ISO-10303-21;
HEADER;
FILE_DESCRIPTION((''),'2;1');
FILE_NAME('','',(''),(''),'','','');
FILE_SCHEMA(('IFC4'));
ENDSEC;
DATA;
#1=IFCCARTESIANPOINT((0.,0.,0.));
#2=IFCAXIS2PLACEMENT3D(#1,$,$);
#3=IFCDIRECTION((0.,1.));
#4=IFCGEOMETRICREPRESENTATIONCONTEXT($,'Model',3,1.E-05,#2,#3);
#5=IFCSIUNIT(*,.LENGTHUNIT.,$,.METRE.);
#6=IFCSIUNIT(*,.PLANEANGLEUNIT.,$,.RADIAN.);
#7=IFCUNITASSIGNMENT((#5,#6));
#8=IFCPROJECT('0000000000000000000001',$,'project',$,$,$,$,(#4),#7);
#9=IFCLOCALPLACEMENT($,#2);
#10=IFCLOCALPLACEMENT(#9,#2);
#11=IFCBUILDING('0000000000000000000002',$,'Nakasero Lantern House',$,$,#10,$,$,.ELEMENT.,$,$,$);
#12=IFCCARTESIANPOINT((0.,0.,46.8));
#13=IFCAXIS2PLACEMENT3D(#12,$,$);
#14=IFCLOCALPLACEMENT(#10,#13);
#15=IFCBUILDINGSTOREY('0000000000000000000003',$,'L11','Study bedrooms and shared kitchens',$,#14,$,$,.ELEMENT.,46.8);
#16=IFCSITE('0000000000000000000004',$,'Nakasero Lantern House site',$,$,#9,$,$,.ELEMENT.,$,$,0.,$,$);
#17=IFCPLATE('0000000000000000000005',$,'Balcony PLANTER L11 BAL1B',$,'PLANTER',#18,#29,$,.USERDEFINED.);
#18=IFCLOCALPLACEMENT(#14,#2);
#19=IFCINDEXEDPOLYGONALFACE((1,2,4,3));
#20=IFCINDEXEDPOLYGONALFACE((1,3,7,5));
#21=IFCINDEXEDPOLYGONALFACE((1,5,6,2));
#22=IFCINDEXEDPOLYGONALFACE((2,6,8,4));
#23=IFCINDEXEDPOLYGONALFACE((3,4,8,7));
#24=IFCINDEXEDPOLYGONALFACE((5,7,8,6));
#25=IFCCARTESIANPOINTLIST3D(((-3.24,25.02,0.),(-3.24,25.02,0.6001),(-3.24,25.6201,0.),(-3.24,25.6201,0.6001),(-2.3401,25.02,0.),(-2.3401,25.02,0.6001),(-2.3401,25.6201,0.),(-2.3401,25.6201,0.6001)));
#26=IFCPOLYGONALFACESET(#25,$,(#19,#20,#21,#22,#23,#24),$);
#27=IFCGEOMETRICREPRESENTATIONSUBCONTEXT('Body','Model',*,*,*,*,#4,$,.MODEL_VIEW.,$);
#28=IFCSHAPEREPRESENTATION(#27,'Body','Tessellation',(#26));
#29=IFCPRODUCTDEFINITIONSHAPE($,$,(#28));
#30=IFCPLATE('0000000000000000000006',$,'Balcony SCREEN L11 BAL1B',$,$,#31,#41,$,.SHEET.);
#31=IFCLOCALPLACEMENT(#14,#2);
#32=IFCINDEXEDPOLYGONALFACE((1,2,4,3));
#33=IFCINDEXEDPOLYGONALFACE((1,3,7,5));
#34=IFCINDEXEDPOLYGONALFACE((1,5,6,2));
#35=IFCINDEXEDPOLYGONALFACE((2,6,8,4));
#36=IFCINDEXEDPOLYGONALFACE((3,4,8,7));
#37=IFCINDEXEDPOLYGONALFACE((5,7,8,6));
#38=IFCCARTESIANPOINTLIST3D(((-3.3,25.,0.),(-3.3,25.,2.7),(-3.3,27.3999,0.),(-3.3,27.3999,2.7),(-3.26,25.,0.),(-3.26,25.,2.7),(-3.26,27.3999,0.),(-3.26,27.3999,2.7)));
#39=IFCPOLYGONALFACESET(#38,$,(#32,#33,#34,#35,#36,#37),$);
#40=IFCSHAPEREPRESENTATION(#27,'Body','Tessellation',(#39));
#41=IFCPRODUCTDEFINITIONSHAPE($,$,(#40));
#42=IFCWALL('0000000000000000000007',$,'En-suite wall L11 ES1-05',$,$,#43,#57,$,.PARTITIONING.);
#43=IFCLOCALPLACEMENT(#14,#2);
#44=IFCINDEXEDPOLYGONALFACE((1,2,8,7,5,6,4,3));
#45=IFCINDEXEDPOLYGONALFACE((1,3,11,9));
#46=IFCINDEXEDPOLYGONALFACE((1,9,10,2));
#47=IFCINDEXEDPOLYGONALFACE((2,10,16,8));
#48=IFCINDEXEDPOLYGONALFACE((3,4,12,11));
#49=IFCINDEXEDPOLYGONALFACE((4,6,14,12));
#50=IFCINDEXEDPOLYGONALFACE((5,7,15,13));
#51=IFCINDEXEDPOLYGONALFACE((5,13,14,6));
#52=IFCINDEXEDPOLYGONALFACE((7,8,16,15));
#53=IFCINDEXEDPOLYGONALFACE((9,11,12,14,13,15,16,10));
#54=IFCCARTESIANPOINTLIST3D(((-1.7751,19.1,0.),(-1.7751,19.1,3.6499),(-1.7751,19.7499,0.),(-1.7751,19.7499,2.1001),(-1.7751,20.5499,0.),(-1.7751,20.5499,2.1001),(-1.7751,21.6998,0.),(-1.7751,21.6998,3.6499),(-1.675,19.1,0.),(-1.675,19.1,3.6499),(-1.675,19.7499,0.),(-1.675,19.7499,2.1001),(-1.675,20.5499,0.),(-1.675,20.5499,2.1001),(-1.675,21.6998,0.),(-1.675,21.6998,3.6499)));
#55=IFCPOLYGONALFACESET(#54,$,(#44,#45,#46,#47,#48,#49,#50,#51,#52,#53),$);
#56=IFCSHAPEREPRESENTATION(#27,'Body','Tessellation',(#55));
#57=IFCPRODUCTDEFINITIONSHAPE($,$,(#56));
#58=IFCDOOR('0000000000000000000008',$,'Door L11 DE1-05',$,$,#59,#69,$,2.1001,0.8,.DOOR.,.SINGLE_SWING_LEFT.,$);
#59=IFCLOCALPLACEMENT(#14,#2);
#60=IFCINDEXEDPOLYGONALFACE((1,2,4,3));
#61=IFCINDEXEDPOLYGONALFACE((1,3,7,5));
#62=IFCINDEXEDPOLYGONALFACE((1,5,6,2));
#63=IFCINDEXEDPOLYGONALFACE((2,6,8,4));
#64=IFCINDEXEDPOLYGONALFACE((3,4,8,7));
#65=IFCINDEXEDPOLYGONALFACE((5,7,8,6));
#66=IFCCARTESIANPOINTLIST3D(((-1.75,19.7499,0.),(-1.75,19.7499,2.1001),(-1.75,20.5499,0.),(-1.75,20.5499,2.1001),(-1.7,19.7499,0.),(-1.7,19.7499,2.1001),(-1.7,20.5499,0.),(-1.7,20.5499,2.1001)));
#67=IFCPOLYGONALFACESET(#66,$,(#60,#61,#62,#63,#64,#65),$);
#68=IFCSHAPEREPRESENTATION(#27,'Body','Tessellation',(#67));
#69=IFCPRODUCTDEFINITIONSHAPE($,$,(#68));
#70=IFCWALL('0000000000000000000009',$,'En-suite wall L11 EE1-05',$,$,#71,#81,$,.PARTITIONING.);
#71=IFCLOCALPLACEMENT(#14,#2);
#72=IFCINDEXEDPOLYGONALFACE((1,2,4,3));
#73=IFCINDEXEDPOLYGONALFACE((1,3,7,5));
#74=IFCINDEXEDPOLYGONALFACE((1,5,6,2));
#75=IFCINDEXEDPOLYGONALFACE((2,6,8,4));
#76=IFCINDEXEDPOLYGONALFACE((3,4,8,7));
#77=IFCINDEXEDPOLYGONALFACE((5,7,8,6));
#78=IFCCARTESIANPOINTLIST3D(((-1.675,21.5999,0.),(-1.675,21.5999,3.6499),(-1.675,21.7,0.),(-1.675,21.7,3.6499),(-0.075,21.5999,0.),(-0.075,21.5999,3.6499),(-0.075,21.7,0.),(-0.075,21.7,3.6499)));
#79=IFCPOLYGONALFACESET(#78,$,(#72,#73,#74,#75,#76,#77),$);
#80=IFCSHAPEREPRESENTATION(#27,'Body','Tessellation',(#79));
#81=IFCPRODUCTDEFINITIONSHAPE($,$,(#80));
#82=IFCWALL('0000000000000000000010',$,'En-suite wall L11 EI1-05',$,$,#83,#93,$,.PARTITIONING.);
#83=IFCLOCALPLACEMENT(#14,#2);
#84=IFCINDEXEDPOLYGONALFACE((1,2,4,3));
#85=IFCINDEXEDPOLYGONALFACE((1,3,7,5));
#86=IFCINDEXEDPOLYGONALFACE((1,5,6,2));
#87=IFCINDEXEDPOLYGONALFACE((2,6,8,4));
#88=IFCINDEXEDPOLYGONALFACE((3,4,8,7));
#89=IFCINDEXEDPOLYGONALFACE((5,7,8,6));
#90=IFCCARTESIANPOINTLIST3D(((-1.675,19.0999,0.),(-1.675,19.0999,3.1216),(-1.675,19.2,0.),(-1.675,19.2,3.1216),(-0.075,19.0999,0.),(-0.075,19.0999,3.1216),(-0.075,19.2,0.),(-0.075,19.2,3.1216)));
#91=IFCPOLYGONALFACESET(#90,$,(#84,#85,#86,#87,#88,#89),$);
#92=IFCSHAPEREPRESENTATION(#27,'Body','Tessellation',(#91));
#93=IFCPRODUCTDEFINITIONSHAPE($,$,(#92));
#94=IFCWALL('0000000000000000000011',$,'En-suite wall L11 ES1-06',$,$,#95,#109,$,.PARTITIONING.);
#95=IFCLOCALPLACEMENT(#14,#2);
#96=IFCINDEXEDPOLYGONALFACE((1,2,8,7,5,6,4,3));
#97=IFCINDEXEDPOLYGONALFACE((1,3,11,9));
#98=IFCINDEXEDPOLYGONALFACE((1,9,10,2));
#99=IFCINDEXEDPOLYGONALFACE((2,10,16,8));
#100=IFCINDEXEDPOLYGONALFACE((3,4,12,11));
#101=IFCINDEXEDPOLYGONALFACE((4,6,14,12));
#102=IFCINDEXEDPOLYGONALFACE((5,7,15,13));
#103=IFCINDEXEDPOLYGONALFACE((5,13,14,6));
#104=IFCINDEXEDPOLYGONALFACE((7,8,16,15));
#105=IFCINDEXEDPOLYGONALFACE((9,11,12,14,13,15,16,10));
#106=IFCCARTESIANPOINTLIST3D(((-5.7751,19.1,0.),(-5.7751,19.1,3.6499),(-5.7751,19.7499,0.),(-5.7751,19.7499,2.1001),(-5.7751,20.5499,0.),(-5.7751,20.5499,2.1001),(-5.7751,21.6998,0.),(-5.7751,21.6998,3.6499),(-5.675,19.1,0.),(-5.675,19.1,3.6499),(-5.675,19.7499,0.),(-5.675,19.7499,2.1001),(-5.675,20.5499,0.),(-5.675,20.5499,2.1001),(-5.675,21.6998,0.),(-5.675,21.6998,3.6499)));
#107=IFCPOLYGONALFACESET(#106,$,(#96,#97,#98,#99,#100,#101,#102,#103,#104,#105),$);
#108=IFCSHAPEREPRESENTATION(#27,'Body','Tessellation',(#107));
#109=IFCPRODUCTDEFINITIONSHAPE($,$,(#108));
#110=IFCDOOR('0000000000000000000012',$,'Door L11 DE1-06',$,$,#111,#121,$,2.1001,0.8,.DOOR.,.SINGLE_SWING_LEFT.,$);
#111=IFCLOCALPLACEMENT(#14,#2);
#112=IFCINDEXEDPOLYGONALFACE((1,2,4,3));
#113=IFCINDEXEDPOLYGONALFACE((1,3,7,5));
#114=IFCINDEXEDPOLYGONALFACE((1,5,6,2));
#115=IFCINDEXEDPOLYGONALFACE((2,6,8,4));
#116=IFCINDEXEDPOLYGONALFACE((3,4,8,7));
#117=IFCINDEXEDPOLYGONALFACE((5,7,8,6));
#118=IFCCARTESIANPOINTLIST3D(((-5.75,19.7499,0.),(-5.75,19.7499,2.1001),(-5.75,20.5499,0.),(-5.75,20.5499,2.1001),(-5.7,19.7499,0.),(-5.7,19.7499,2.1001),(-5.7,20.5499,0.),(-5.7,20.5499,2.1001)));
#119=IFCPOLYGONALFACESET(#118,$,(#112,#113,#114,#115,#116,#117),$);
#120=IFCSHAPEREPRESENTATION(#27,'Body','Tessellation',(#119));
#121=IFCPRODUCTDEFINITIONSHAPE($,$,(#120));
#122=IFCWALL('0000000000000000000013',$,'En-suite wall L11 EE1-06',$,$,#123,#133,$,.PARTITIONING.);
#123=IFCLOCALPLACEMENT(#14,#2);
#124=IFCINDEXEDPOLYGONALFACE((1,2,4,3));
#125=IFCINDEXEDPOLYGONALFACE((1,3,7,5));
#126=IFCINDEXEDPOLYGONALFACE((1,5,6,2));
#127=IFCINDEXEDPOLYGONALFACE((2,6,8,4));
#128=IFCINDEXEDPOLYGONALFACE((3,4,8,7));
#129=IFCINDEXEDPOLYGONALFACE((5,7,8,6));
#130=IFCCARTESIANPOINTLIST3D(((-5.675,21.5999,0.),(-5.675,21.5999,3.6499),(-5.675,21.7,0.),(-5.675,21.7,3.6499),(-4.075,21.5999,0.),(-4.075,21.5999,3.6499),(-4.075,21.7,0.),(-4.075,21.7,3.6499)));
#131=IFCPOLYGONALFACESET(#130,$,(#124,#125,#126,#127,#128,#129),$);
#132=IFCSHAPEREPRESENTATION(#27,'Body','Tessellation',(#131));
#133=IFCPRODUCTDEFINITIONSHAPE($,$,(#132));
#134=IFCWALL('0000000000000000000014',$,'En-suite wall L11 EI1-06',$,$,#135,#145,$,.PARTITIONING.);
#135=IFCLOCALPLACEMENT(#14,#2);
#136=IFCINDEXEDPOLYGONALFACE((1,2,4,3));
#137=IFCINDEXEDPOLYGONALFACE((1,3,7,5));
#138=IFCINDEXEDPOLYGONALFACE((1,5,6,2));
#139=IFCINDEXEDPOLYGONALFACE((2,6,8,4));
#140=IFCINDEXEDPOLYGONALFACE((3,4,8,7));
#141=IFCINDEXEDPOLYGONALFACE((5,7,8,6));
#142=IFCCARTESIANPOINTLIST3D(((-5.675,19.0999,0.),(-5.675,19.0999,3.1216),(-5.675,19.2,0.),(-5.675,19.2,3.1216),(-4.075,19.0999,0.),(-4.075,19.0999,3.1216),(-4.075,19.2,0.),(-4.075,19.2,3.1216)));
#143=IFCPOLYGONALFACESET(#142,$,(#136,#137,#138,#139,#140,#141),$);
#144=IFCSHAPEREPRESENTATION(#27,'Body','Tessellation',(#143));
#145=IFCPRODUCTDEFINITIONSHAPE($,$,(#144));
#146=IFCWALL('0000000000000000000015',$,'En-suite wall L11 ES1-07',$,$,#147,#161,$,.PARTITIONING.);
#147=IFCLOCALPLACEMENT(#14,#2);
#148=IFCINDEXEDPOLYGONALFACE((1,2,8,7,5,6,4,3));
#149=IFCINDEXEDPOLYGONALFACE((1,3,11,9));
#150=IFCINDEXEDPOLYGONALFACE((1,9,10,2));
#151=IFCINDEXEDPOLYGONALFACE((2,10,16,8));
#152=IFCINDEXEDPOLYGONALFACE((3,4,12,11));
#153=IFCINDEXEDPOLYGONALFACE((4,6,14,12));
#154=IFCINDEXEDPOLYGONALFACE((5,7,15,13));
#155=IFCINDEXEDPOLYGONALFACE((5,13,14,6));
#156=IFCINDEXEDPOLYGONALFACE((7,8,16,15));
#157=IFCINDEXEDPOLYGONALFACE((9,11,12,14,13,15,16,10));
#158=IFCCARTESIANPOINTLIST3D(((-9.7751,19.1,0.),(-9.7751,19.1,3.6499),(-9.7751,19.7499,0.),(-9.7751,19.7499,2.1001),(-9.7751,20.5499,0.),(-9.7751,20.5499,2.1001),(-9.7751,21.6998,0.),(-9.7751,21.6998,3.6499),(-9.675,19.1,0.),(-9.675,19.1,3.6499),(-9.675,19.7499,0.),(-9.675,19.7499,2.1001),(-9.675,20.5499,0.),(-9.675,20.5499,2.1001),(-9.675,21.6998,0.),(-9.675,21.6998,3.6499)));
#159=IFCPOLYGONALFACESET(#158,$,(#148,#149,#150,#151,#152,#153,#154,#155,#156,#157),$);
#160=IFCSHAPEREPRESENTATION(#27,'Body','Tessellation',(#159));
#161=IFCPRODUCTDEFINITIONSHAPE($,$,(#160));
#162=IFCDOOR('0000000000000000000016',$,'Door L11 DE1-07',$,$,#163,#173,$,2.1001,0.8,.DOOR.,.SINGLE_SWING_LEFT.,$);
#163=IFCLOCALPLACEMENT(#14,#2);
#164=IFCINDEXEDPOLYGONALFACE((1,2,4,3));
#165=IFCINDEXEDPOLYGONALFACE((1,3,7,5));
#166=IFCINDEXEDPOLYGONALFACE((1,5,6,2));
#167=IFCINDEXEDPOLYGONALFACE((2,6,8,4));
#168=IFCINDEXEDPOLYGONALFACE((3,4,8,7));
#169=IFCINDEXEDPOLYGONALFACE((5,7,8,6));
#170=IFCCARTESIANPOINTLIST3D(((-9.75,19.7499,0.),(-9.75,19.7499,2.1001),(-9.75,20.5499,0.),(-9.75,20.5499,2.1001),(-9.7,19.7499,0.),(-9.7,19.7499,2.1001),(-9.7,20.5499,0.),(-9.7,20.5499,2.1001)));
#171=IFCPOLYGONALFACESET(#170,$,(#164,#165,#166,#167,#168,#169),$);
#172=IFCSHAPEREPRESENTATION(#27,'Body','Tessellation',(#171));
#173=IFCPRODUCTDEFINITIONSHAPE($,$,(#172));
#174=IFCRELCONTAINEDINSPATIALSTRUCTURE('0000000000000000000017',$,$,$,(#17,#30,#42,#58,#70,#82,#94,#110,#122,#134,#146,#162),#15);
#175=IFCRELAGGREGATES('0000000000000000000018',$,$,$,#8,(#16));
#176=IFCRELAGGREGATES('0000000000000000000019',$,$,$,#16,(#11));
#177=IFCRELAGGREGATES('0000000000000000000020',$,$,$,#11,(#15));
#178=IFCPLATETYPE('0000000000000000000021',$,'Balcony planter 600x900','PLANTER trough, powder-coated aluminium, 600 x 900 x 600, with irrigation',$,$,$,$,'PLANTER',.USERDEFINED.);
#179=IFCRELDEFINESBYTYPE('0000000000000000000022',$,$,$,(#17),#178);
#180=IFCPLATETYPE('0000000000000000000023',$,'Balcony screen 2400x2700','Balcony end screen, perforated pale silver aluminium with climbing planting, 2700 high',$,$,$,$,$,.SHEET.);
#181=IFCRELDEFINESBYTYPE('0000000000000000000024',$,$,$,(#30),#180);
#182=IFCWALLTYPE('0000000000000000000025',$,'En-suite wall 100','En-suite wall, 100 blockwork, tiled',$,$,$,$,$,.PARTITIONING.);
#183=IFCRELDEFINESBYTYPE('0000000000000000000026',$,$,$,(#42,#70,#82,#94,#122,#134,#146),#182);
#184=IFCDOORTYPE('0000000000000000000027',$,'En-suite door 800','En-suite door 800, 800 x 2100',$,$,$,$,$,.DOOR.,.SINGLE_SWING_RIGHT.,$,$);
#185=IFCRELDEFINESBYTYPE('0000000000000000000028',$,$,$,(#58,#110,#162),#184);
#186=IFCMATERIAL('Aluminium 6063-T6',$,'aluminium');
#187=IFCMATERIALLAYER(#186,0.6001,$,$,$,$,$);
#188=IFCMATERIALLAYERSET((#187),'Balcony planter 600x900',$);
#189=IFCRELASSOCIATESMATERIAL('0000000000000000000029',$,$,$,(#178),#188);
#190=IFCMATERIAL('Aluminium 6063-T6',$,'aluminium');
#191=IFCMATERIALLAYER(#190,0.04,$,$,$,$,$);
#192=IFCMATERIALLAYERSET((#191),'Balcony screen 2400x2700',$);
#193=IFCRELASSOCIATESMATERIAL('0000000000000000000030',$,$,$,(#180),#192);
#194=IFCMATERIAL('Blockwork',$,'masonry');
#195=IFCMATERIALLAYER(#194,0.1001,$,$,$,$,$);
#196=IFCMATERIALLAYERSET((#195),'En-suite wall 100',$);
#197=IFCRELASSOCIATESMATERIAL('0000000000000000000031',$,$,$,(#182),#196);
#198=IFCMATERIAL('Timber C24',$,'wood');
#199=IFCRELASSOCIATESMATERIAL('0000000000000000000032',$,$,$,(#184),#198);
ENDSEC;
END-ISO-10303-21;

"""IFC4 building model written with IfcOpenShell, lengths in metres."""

from ifc_helpers import new_model, si_unit, direction, frame, frame_2d, origin, origin_2d, place, context, subcontext, project, spatial, rectangle, extrude, material, layer, layer_set, type_object, element, fill, save


model = new_model("IFC4")

# Units and contexts
model_context = context("Model", 3, precision=1e-05, world=origin(), true_north=direction((0.0, 1.0)))
body_context = subcontext(model_context, "Body", "Model", "MODEL_VIEW")
ifc_project = project(units=[si_unit("LENGTHUNIT", "METRE"), si_unit("PLANEANGLEUNIT", "RADIAN")], contexts=[model_context])

# Site, building, storey
site_placement = place(None, origin())
site = spatial("IfcSite", under=ifc_project, at=site_placement, Name="Nakasero Lantern House site", CompositionType="ELEMENT", RefElevation=0.0)
building_placement = place(site_placement, origin())
building = spatial("IfcBuilding", under=site, at=building_placement, Name="Nakasero Lantern House", CompositionType="ELEMENT")
storey_placement = place(building_placement, frame((0.0, 0.0, 46.8)))
storey = spatial("IfcBuildingStorey", under=building, at=storey_placement, Name="L11", Description="Study bedrooms and shared kitchens", CompositionType="ELEMENT", Elevation=46.8)

# Plates
ifc_material_1 = material(Name="Aluminium 6063-T6", Category="aluminium")
ifc_layer_1 = layer(ifc_material_1, 0.6001)
ifc_layer_set_1 = layer_set([ifc_layer_1], Name="Balcony planter 600x900")
plate_type_1 = type_object("IfcPlateType", Name="Balcony planter 600x900", Description="PLANTER trough, powder-coated aluminium, 600 x 900 x 600, with irrigation", ElementType="PLANTER", PredefinedType="USERDEFINED", material=ifc_layer_set_1)
plate_1_placement = place(storey_placement, frame((-2.79, 25.3201, 0.0), z_axis=(0.0, 0.0, 1.0), x_axis=(0.0, 1.0, 0.0)))
element("IfcPlate", 1, at=plate_1_placement, inside=storey, type_object=plate_type_1, Name="Balcony PLANTER L11 BAL1B", ObjectType="PLANTER", PredefinedType="USERDEFINED", context=body_context, shape_type="SweptSolid", body=[
    extrude(rectangle(XDim=0.6001, YDim=0.8999, at=origin_2d()), origin(), (0.0, 0.0, 1.0), 0.6001),
])
ifc_material_2 = material(Name="Aluminium 6063-T6", Category="aluminium")
ifc_layer_2 = layer(ifc_material_2, 0.04)
ifc_layer_set_2 = layer_set([ifc_layer_2], Name="Balcony screen 2400x2700")
plate_type_2 = type_object("IfcPlateType", Name="Balcony screen 2400x2700", Description="Balcony end screen, perforated pale silver aluminium with climbing planting, 2700 high", PredefinedType="SHEET", material=ifc_layer_set_2)
plate_2_placement = place(storey_placement, frame((-3.28, 26.2, 0.0), z_axis=(0.0, 0.0, 1.0), x_axis=(0.0, 1.0, 0.0)))
element("IfcPlate", 2, at=plate_2_placement, inside=storey, type_object=plate_type_2, Name="Balcony SCREEN L11 BAL1B", PredefinedType="SHEET", context=body_context, shape_type="SweptSolid", body=[
    extrude(rectangle(XDim=2.3999, YDim=0.04, at=origin_2d()), origin(), (0.0, 0.0, 1.0), 2.7),
])

# Wall, opening, door
ifc_material_3 = material(Name="Blockwork", Category="masonry")
ifc_layer_3 = layer(ifc_material_3, 0.1001)
ifc_layer_set_3 = layer_set([ifc_layer_3], Name="En-suite wall 100")
wall_type_1 = type_object("IfcWallType", Name="En-suite wall 100", Description="En-suite wall, 100 blockwork, tiled", PredefinedType="PARTITIONING", material=ifc_layer_set_3)
wall_1_placement = place(storey_placement, frame((-1.7251, 19.1001, 0.0), z_axis=(0.0, 0.0, 1.0), x_axis=(0.0, 1.0, 0.0)))
wall_1 = element("IfcWall", 3, at=wall_1_placement, inside=storey, type_object=wall_type_1, Name="En-suite wall L11 ES1-05", PredefinedType="PARTITIONING", context=body_context, shape_type="SweptSolid", body=[
    extrude(rectangle(XDim=2.5999, YDim=0.1001, at=frame_2d((1.2998, 0.0))), origin(), (0.0, 0.0, 1.0), 3.6499),
])
opening_1_placement = place(wall_1_placement, frame((0.6499, 0.0, 0.0)))
opening_1 = element("IfcOpeningElement", 4, at=opening_1_placement, cuts=wall_1, PredefinedType="OPENING", context=body_context, shape_type="SweptSolid", body=[
    extrude(rectangle(XDim=0.8, YDim=2.1001, at=frame_2d((0.3999, 1.05))), frame((0.0, 0.0701, 0.0), z_axis=(0.0, -1.0, 0.0), x_axis=(1.0, 0.0, 0.0)), (0.0, 0.0, 1.0), 0.1401),
])
ifc_material_4 = material(Name="Timber C24", Category="wood")
door_type = type_object("IfcDoorType", Name="En-suite door 800", Description="En-suite door 800, 800 x 2100", OperationType="SINGLE_SWING_RIGHT", PredefinedType="DOOR", material=ifc_material_4)
door_1_placement = place(opening_1_placement, origin())
door_1 = element("IfcDoor", 5, at=door_1_placement, inside=storey, type_object=door_type, Name="Door L11 DE1-05", OperationType="SINGLE_SWING_LEFT", OverallHeight=2.1001, OverallWidth=0.8, PredefinedType="DOOR", context=body_context, shape_type="SweptSolid", body=[
    extrude(rectangle(XDim=0.8, YDim=2.1001, at=frame_2d((0.3999, 1.05))), frame((0.0, 0.0249, 0.0), z_axis=(0.0, -1.0, 0.0), x_axis=(1.0, 0.0, 0.0)), (0.0, 0.0, 1.0), 0.05),
])
fill(opening_1, door_1)

# Walls
wall_2_placement = place(storey_placement, frame((-0.075, 21.6499, 0.0), z_axis=(0.0, 0.0, 1.0), x_axis=(-1.0, 0.0, 0.0)))
element("IfcWall", 6, at=wall_2_placement, inside=storey, type_object=wall_type_1, Name="En-suite wall L11 EE1-05", PredefinedType="PARTITIONING", context=body_context, shape_type="SweptSolid", body=[
    extrude(rectangle(XDim=1.6001, YDim=0.1001, at=frame_2d((0.8, 0.0))), origin(), (0.0, 0.0, 1.0), 3.6499),
])
wall_3_placement = place(storey_placement, frame((-0.075, 19.1499, 0.0), z_axis=(0.0, 0.0, 1.0), x_axis=(-1.0, 0.0, 0.0)))
element("IfcWall", 7, at=wall_3_placement, inside=storey, type_object=wall_type_1, Name="En-suite wall L11 EI1-05", PredefinedType="PARTITIONING", context=body_context, shape_type="SweptSolid", body=[
    extrude(rectangle(XDim=1.6001, YDim=0.1001, at=frame_2d((0.8, 0.0))), origin(), (0.0, 0.0, 1.0), 3.1216),
])

# Wall, opening, door
wall_4_placement = place(storey_placement, frame((-5.7251, 19.1001, 0.0), z_axis=(0.0, 0.0, 1.0), x_axis=(0.0, 1.0, 0.0)))
wall_4 = element("IfcWall", 8, at=wall_4_placement, inside=storey, type_object=wall_type_1, Name="En-suite wall L11 ES1-06", PredefinedType="PARTITIONING", context=body_context, shape_type="SweptSolid", body=[
    extrude(rectangle(XDim=2.5999, YDim=0.1001, at=frame_2d((1.2998, 0.0))), origin(), (0.0, 0.0, 1.0), 3.6499),
])
opening_2_placement = place(wall_4_placement, frame((0.6499, 0.0, 0.0)))
opening_2 = element("IfcOpeningElement", 9, at=opening_2_placement, cuts=wall_4, PredefinedType="OPENING", context=body_context, shape_type="SweptSolid", body=[
    extrude(rectangle(XDim=0.8, YDim=2.1001, at=frame_2d((0.3999, 1.05))), frame((0.0, 0.0701, 0.0), z_axis=(0.0, -1.0, 0.0), x_axis=(1.0, 0.0, 0.0)), (0.0, 0.0, 1.0), 0.1401),
])
door_2_placement = place(opening_2_placement, origin())
door_2 = element("IfcDoor", 10, at=door_2_placement, inside=storey, type_object=door_type, Name="Door L11 DE1-06", OperationType="SINGLE_SWING_LEFT", OverallHeight=2.1001, OverallWidth=0.8, PredefinedType="DOOR", context=body_context, shape_type="SweptSolid", body=[
    extrude(rectangle(XDim=0.8, YDim=2.1001, at=frame_2d((0.3999, 1.05))), frame((0.0, 0.0249, 0.0), z_axis=(0.0, -1.0, 0.0), x_axis=(1.0, 0.0, 0.0)), (0.0, 0.0, 1.0), 0.05),
])
fill(opening_2, door_2)

# Walls
wall_5_placement = place(storey_placement, frame((-4.075, 21.6499, 0.0), z_axis=(0.0, 0.0, 1.0), x_axis=(-1.0, 0.0, 0.0)))
element("IfcWall", 11, at=wall_5_placement, inside=storey, type_object=wall_type_1, Name="En-suite wall L11 EE1-06", PredefinedType="PARTITIONING", context=body_context, shape_type="SweptSolid", body=[
    extrude(rectangle(XDim=1.6001, YDim=0.1001, at=frame_2d((0.8, 0.0))), origin(), (0.0, 0.0, 1.0), 3.6499),
])
wall_6_placement = place(storey_placement, frame((-4.075, 19.1499, 0.0), z_axis=(0.0, 0.0, 1.0), x_axis=(-1.0, 0.0, 0.0)))
element("IfcWall", 12, at=wall_6_placement, inside=storey, type_object=wall_type_1, Name="En-suite wall L11 EI1-06", PredefinedType="PARTITIONING", context=body_context, shape_type="SweptSolid", body=[
    extrude(rectangle(XDim=1.6001, YDim=0.1001, at=frame_2d((0.8, 0.0))), origin(), (0.0, 0.0, 1.0), 3.1216),
])

# Wall, opening, door
wall_7_placement = place(storey_placement, frame((-9.7251, 19.1001, 0.0), z_axis=(0.0, 0.0, 1.0), x_axis=(0.0, 1.0, 0.0)))
wall_7 = element("IfcWall", 13, at=wall_7_placement, inside=storey, type_object=wall_type_1, Name="En-suite wall L11 ES1-07", PredefinedType="PARTITIONING", context=body_context, shape_type="SweptSolid", body=[
    extrude(rectangle(XDim=2.5999, YDim=0.1001, at=frame_2d((1.2998, 0.0))), origin(), (0.0, 0.0, 1.0), 3.6499),
])
opening_3_placement = place(wall_7_placement, frame((0.6499, 0.0, 0.0)))
opening_3 = element("IfcOpeningElement", 14, at=opening_3_placement, cuts=wall_7, PredefinedType="OPENING", context=body_context, shape_type="SweptSolid", body=[
    extrude(rectangle(XDim=0.8, YDim=2.1001, at=frame_2d((0.3999, 1.05))), frame((0.0, 0.0701, 0.0), z_axis=(0.0, -1.0, 0.0), x_axis=(1.0, 0.0, 0.0)), (0.0, 0.0, 1.0), 0.1401),
])
door_3_placement = place(opening_3_placement, origin())
door_3 = element("IfcDoor", 15, at=door_3_placement, inside=storey, type_object=door_type, Name="Door L11 DE1-07", OperationType="SINGLE_SWING_LEFT", OverallHeight=2.1001, OverallWidth=0.8, PredefinedType="DOOR", context=body_context, shape_type="SweptSolid", body=[
    extrude(rectangle(XDim=0.8, YDim=2.1001, at=frame_2d((0.3999, 1.05))), frame((0.0, 0.0249, 0.0), z_axis=(0.0, -1.0, 0.0), x_axis=(1.0, 0.0, 0.0)), (0.0, 0.0, 1.0), 0.05),
])
fill(opening_3, door_3)

save(model, "model.ifc")
